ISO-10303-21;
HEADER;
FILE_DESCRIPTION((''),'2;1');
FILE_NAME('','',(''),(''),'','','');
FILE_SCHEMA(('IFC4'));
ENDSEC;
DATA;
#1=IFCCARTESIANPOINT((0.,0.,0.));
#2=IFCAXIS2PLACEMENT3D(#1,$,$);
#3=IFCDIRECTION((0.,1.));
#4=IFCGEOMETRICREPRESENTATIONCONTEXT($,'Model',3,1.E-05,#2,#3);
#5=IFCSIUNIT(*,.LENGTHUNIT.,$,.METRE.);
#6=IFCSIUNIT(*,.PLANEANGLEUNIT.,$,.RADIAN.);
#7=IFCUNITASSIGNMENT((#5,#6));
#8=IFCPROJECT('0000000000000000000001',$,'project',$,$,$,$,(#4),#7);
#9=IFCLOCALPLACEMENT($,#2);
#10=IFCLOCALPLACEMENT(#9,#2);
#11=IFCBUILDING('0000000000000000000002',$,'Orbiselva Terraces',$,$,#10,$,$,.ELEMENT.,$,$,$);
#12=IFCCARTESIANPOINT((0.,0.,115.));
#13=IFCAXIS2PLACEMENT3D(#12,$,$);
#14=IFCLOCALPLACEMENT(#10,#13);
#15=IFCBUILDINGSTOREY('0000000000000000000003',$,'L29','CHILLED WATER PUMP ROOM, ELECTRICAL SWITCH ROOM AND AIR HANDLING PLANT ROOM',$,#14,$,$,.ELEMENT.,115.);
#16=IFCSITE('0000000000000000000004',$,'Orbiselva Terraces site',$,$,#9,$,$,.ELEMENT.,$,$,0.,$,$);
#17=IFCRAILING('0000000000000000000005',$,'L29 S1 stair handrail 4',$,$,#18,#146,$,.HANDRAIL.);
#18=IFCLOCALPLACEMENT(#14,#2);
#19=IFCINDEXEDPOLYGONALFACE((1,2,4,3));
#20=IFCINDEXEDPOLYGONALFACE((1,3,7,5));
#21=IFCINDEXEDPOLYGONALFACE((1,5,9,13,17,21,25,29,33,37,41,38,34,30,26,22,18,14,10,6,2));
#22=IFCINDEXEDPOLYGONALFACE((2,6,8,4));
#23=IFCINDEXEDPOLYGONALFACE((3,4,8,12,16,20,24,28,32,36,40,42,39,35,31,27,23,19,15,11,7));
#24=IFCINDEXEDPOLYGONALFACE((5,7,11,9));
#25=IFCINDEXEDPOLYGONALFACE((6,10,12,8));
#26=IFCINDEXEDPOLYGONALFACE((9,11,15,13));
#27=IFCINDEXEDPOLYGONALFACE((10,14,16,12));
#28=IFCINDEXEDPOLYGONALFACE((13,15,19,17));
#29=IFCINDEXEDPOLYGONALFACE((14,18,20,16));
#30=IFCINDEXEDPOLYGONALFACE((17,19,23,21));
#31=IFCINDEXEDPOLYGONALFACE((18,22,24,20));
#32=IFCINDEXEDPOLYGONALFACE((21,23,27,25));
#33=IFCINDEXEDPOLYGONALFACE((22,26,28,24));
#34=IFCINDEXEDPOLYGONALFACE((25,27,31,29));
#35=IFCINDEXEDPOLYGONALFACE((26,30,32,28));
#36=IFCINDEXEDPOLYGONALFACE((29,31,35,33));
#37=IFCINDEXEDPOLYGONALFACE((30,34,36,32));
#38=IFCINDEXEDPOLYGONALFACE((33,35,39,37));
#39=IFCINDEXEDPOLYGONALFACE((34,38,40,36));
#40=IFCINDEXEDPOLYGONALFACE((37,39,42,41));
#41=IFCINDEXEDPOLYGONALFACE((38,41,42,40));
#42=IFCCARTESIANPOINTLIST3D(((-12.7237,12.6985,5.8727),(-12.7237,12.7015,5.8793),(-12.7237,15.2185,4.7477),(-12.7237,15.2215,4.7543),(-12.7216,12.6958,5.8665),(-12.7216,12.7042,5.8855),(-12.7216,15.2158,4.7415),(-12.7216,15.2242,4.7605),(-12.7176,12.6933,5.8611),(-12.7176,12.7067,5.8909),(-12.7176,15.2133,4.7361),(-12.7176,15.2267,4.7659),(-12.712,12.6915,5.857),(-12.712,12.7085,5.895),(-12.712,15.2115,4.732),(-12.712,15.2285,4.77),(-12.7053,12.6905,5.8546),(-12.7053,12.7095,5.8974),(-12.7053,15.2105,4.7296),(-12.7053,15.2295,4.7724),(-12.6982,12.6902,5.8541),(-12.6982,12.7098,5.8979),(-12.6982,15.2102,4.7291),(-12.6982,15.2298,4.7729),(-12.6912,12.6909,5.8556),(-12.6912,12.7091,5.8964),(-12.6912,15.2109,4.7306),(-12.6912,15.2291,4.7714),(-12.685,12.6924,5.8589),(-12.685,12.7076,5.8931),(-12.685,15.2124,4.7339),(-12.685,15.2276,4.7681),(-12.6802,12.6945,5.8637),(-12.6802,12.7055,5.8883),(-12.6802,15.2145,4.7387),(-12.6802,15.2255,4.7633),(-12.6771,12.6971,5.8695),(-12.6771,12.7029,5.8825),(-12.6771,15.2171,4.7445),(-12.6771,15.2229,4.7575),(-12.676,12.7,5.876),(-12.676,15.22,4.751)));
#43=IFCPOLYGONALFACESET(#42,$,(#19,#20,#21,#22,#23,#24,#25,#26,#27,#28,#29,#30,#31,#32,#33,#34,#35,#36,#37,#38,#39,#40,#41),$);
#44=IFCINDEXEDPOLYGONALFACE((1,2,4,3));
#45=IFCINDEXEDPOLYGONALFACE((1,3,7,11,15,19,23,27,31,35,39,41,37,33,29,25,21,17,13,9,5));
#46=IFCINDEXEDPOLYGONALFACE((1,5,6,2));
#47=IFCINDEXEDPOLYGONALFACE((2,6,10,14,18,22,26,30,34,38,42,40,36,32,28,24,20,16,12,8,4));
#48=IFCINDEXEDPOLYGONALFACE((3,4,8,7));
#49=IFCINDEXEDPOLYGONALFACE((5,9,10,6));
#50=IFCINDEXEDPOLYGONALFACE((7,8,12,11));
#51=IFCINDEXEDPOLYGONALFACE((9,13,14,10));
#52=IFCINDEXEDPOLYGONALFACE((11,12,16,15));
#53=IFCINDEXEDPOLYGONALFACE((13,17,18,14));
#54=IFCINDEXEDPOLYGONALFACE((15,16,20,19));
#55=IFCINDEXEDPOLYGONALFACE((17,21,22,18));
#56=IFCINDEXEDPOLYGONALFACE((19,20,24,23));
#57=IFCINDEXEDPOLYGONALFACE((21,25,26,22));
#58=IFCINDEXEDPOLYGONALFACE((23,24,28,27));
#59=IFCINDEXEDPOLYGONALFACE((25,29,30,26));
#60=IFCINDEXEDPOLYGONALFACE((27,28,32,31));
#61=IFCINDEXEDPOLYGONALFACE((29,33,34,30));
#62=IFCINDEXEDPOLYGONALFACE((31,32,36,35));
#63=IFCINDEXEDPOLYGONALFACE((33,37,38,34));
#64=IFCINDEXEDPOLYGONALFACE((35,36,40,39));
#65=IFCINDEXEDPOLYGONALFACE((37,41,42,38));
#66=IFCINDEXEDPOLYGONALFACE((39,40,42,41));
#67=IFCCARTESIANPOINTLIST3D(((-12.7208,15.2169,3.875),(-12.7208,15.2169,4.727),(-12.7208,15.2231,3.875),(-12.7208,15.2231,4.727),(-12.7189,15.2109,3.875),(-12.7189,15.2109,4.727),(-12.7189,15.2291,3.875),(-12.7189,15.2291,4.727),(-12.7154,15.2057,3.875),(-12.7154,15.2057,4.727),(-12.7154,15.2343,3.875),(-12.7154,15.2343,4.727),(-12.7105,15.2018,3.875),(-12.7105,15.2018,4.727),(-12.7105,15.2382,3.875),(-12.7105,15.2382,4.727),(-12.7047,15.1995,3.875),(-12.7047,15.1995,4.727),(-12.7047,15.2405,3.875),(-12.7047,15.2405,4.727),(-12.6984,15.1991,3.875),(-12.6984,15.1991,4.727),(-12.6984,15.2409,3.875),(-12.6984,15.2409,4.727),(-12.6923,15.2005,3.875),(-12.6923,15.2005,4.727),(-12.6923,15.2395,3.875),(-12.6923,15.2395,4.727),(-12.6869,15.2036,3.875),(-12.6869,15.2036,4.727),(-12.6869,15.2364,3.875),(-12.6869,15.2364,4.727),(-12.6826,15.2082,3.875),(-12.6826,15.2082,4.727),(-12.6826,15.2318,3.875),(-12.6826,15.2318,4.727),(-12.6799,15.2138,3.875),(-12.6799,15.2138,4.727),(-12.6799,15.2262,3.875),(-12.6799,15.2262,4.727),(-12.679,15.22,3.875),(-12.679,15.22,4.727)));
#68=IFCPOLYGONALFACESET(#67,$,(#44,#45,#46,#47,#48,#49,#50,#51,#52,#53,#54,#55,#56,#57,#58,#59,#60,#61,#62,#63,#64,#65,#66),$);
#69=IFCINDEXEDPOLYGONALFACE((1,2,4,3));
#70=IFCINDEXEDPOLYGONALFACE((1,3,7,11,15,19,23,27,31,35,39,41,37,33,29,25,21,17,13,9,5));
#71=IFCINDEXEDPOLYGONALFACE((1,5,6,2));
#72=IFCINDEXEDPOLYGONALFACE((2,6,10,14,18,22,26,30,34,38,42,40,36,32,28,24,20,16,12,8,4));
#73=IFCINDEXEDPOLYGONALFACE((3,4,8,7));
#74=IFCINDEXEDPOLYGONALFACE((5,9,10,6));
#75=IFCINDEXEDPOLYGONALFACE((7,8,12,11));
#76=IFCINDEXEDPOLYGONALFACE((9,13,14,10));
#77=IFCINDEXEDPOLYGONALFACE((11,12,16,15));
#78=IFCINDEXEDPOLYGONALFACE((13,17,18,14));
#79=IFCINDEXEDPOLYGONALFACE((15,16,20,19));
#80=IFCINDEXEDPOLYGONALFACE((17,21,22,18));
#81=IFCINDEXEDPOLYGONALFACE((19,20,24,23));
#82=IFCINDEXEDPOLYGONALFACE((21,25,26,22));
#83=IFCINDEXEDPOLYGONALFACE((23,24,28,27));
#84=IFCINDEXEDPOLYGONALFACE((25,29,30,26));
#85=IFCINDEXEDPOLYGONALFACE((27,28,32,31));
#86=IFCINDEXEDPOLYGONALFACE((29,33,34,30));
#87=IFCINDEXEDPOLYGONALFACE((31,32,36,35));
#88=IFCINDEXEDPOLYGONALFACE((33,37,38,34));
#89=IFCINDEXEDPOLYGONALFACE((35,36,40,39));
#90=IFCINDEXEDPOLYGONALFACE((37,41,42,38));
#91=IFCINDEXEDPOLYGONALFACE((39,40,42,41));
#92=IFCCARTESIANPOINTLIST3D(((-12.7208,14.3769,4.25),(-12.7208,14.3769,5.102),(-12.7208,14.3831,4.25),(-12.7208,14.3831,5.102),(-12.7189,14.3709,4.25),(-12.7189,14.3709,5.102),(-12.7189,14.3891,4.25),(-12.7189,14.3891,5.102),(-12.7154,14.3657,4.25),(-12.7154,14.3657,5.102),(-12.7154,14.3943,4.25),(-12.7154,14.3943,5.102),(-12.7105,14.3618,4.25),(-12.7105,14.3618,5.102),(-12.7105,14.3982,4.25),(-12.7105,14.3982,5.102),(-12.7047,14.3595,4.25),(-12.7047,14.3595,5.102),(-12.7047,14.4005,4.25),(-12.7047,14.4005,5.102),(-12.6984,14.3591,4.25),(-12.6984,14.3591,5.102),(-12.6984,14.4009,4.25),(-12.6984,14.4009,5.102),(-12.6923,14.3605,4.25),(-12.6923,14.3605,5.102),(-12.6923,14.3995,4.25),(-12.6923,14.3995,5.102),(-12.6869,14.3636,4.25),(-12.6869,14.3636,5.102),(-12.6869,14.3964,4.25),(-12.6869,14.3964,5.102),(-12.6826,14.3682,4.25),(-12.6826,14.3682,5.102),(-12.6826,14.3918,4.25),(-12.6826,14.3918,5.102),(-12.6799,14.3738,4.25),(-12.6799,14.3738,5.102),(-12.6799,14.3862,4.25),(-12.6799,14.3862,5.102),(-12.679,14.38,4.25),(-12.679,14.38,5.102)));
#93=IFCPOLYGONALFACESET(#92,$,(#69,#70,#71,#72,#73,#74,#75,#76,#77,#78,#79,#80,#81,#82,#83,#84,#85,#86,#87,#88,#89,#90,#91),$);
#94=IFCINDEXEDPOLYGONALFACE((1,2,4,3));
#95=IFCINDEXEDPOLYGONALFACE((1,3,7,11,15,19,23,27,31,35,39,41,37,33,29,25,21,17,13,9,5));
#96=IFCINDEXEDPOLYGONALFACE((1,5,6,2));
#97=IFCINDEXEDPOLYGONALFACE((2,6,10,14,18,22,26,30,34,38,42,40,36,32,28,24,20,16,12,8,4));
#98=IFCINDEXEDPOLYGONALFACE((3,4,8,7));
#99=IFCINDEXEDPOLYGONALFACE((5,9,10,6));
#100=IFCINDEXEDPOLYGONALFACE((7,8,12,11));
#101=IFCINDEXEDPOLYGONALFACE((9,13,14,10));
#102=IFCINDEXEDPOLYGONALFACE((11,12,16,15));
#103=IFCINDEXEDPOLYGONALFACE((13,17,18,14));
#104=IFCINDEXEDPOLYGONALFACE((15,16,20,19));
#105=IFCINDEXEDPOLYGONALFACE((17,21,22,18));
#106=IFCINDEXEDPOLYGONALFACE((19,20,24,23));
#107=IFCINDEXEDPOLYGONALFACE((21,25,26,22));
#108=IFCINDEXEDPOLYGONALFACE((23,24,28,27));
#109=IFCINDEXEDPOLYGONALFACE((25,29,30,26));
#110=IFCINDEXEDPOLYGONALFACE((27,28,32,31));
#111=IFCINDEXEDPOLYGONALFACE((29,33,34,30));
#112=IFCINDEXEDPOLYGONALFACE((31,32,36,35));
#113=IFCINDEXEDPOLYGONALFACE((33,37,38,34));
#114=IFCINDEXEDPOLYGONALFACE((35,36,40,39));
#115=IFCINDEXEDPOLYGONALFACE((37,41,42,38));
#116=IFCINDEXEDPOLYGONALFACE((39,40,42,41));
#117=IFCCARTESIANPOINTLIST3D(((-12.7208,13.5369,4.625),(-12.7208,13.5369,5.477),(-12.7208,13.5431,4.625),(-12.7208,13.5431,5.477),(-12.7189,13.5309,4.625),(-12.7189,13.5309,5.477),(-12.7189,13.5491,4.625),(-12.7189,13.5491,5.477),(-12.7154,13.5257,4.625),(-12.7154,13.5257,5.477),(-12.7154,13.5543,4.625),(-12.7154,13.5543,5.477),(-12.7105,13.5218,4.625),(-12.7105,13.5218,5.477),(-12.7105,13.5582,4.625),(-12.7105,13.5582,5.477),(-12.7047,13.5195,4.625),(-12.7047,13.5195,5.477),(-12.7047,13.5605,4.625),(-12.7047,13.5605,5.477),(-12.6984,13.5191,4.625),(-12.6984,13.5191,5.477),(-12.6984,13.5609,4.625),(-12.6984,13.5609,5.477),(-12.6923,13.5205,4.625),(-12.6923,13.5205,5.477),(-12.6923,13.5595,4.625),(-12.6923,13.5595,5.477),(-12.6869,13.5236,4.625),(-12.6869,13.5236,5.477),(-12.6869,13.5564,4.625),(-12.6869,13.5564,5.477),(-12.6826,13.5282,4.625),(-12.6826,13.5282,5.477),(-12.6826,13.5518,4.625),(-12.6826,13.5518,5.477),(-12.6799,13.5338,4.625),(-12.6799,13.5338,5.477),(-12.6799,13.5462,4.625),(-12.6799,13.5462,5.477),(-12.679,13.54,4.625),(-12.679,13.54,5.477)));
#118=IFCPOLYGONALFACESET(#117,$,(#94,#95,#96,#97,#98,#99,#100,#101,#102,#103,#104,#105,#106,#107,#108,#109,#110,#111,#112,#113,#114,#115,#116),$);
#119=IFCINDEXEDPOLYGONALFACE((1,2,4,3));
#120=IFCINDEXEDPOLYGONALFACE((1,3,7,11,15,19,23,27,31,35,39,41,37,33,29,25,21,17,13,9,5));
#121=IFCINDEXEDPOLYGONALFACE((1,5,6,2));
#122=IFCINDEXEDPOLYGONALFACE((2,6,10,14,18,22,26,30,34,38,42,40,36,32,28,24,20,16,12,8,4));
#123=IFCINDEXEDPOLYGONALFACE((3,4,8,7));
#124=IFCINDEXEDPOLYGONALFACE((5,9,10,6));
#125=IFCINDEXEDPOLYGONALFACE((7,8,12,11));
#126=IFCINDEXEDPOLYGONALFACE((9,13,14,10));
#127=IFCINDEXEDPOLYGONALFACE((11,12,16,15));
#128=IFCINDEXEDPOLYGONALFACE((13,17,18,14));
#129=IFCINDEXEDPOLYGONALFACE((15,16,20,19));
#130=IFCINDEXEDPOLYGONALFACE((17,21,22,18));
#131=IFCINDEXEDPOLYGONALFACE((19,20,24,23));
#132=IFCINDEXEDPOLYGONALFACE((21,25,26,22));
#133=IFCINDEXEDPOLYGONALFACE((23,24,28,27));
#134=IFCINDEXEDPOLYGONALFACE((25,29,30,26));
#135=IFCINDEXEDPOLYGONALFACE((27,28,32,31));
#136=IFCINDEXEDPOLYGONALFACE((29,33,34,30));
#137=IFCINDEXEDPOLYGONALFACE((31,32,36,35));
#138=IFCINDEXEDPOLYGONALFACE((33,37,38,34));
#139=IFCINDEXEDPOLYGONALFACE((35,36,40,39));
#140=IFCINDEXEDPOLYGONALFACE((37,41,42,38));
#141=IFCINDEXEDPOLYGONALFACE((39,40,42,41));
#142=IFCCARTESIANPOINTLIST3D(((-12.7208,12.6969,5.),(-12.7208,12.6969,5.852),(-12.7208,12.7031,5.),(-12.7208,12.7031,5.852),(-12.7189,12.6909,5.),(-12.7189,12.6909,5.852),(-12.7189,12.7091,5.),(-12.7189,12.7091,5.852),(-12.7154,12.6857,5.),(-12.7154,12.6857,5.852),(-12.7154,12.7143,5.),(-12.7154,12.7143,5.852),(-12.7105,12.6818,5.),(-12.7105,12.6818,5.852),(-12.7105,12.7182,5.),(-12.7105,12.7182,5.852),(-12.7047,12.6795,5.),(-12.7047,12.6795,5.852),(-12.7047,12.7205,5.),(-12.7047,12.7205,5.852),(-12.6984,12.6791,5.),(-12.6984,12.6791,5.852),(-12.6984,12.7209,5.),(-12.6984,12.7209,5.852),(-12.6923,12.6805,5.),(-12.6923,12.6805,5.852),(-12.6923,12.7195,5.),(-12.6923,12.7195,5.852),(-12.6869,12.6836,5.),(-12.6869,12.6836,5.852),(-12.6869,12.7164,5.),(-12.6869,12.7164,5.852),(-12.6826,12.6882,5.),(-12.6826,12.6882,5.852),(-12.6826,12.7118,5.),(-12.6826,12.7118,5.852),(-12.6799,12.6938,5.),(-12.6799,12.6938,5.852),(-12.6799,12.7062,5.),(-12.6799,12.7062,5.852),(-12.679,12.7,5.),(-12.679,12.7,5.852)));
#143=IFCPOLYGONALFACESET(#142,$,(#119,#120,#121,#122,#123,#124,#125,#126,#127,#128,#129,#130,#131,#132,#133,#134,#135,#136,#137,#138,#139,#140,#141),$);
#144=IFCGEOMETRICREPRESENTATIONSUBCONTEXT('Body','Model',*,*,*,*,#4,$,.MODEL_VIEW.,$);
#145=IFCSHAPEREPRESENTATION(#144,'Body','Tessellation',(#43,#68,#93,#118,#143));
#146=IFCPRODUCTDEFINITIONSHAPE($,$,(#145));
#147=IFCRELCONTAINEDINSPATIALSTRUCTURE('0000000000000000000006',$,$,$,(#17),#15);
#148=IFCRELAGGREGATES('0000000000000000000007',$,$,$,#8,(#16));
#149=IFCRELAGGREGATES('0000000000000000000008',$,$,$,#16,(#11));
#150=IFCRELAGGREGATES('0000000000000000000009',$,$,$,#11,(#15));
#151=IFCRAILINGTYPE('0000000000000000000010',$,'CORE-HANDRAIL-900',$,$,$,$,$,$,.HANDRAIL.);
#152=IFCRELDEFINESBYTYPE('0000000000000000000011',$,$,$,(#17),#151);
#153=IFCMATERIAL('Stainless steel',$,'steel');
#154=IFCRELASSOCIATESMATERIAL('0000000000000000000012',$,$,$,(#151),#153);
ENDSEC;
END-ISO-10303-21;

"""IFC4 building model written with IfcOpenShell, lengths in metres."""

from ifc_helpers import new_model, si_unit, direction, frame, origin, origin_2d, place, context, subcontext, project, spatial, circle, extrude, material, type_object, element, save


model = new_model("IFC4")

# Units and contexts
model_context = context("Model", 3, precision=1e-05, world=origin(), true_north=direction((0.0, 1.0)))
body_context = subcontext(model_context, "Body", "Model", "MODEL_VIEW")
ifc_project = project(units=[si_unit("LENGTHUNIT", "METRE"), si_unit("PLANEANGLEUNIT", "RADIAN")], contexts=[model_context])

# Site, building, storey
site_placement = place(None, origin())
site = spatial("IfcSite", under=ifc_project, at=site_placement, Name="Orbiselva Terraces site", CompositionType="ELEMENT", RefElevation=0.0)
building_placement = place(site_placement, origin())
building = spatial("IfcBuilding", under=site, at=building_placement, Name="Orbiselva Terraces", CompositionType="ELEMENT")
storey_placement = place(building_placement, frame((0.0, 0.0, 115.0)))
storey = spatial("IfcBuildingStorey", under=building, at=storey_placement, Name="L29", Description="CHILLED WATER PUMP ROOM, ELECTRICAL SWITCH ROOM AND AIR HANDLING PLANT ROOM", CompositionType="ELEMENT", Elevation=115.0)

# Railing
ifc_material_1 = material(Name="Stainless steel", Category="steel")
railing_type = type_object("IfcRailingType", Name="CORE-HANDRAIL-900", PredefinedType="HANDRAIL", material=ifc_material_1)
railing_1_placement = place(storey_placement, frame((-12.7, 15.22, 3.875)))
element("IfcRailing", 1, at=railing_1_placement, inside=storey, type_object=railing_type, Name="L29 S1 stair handrail 4", PredefinedType="HANDRAIL", context=body_context, shape_type="SweptSolid", body=[
    extrude(circle(Radius=0.024, at=origin_2d()), frame((0.0, 0.0, 0.876), z_axis=(0.0, -0.913138, 0.407651), x_axis=(1.0, 0.0, 0.0)), (0.0, 0.0, 1.0), 2.7597),
    extrude(circle(Radius=0.021, at=origin_2d()), origin(), (0.0, 0.0, 1.0), 0.852),
    extrude(circle(Radius=0.021, at=origin_2d()), frame((0.0, -0.84, 0.375)), (0.0, 0.0, 1.0), 0.852),
    extrude(circle(Radius=0.021, at=origin_2d()), frame((0.0, -1.68, 0.75)), (0.0, 0.0, 1.0), 0.852),
    extrude(circle(Radius=0.021, at=origin_2d()), frame((0.0, -2.52, 1.125)), (0.0, 0.0, 1.0), 0.852),
])

save(model, "model.ifc")
